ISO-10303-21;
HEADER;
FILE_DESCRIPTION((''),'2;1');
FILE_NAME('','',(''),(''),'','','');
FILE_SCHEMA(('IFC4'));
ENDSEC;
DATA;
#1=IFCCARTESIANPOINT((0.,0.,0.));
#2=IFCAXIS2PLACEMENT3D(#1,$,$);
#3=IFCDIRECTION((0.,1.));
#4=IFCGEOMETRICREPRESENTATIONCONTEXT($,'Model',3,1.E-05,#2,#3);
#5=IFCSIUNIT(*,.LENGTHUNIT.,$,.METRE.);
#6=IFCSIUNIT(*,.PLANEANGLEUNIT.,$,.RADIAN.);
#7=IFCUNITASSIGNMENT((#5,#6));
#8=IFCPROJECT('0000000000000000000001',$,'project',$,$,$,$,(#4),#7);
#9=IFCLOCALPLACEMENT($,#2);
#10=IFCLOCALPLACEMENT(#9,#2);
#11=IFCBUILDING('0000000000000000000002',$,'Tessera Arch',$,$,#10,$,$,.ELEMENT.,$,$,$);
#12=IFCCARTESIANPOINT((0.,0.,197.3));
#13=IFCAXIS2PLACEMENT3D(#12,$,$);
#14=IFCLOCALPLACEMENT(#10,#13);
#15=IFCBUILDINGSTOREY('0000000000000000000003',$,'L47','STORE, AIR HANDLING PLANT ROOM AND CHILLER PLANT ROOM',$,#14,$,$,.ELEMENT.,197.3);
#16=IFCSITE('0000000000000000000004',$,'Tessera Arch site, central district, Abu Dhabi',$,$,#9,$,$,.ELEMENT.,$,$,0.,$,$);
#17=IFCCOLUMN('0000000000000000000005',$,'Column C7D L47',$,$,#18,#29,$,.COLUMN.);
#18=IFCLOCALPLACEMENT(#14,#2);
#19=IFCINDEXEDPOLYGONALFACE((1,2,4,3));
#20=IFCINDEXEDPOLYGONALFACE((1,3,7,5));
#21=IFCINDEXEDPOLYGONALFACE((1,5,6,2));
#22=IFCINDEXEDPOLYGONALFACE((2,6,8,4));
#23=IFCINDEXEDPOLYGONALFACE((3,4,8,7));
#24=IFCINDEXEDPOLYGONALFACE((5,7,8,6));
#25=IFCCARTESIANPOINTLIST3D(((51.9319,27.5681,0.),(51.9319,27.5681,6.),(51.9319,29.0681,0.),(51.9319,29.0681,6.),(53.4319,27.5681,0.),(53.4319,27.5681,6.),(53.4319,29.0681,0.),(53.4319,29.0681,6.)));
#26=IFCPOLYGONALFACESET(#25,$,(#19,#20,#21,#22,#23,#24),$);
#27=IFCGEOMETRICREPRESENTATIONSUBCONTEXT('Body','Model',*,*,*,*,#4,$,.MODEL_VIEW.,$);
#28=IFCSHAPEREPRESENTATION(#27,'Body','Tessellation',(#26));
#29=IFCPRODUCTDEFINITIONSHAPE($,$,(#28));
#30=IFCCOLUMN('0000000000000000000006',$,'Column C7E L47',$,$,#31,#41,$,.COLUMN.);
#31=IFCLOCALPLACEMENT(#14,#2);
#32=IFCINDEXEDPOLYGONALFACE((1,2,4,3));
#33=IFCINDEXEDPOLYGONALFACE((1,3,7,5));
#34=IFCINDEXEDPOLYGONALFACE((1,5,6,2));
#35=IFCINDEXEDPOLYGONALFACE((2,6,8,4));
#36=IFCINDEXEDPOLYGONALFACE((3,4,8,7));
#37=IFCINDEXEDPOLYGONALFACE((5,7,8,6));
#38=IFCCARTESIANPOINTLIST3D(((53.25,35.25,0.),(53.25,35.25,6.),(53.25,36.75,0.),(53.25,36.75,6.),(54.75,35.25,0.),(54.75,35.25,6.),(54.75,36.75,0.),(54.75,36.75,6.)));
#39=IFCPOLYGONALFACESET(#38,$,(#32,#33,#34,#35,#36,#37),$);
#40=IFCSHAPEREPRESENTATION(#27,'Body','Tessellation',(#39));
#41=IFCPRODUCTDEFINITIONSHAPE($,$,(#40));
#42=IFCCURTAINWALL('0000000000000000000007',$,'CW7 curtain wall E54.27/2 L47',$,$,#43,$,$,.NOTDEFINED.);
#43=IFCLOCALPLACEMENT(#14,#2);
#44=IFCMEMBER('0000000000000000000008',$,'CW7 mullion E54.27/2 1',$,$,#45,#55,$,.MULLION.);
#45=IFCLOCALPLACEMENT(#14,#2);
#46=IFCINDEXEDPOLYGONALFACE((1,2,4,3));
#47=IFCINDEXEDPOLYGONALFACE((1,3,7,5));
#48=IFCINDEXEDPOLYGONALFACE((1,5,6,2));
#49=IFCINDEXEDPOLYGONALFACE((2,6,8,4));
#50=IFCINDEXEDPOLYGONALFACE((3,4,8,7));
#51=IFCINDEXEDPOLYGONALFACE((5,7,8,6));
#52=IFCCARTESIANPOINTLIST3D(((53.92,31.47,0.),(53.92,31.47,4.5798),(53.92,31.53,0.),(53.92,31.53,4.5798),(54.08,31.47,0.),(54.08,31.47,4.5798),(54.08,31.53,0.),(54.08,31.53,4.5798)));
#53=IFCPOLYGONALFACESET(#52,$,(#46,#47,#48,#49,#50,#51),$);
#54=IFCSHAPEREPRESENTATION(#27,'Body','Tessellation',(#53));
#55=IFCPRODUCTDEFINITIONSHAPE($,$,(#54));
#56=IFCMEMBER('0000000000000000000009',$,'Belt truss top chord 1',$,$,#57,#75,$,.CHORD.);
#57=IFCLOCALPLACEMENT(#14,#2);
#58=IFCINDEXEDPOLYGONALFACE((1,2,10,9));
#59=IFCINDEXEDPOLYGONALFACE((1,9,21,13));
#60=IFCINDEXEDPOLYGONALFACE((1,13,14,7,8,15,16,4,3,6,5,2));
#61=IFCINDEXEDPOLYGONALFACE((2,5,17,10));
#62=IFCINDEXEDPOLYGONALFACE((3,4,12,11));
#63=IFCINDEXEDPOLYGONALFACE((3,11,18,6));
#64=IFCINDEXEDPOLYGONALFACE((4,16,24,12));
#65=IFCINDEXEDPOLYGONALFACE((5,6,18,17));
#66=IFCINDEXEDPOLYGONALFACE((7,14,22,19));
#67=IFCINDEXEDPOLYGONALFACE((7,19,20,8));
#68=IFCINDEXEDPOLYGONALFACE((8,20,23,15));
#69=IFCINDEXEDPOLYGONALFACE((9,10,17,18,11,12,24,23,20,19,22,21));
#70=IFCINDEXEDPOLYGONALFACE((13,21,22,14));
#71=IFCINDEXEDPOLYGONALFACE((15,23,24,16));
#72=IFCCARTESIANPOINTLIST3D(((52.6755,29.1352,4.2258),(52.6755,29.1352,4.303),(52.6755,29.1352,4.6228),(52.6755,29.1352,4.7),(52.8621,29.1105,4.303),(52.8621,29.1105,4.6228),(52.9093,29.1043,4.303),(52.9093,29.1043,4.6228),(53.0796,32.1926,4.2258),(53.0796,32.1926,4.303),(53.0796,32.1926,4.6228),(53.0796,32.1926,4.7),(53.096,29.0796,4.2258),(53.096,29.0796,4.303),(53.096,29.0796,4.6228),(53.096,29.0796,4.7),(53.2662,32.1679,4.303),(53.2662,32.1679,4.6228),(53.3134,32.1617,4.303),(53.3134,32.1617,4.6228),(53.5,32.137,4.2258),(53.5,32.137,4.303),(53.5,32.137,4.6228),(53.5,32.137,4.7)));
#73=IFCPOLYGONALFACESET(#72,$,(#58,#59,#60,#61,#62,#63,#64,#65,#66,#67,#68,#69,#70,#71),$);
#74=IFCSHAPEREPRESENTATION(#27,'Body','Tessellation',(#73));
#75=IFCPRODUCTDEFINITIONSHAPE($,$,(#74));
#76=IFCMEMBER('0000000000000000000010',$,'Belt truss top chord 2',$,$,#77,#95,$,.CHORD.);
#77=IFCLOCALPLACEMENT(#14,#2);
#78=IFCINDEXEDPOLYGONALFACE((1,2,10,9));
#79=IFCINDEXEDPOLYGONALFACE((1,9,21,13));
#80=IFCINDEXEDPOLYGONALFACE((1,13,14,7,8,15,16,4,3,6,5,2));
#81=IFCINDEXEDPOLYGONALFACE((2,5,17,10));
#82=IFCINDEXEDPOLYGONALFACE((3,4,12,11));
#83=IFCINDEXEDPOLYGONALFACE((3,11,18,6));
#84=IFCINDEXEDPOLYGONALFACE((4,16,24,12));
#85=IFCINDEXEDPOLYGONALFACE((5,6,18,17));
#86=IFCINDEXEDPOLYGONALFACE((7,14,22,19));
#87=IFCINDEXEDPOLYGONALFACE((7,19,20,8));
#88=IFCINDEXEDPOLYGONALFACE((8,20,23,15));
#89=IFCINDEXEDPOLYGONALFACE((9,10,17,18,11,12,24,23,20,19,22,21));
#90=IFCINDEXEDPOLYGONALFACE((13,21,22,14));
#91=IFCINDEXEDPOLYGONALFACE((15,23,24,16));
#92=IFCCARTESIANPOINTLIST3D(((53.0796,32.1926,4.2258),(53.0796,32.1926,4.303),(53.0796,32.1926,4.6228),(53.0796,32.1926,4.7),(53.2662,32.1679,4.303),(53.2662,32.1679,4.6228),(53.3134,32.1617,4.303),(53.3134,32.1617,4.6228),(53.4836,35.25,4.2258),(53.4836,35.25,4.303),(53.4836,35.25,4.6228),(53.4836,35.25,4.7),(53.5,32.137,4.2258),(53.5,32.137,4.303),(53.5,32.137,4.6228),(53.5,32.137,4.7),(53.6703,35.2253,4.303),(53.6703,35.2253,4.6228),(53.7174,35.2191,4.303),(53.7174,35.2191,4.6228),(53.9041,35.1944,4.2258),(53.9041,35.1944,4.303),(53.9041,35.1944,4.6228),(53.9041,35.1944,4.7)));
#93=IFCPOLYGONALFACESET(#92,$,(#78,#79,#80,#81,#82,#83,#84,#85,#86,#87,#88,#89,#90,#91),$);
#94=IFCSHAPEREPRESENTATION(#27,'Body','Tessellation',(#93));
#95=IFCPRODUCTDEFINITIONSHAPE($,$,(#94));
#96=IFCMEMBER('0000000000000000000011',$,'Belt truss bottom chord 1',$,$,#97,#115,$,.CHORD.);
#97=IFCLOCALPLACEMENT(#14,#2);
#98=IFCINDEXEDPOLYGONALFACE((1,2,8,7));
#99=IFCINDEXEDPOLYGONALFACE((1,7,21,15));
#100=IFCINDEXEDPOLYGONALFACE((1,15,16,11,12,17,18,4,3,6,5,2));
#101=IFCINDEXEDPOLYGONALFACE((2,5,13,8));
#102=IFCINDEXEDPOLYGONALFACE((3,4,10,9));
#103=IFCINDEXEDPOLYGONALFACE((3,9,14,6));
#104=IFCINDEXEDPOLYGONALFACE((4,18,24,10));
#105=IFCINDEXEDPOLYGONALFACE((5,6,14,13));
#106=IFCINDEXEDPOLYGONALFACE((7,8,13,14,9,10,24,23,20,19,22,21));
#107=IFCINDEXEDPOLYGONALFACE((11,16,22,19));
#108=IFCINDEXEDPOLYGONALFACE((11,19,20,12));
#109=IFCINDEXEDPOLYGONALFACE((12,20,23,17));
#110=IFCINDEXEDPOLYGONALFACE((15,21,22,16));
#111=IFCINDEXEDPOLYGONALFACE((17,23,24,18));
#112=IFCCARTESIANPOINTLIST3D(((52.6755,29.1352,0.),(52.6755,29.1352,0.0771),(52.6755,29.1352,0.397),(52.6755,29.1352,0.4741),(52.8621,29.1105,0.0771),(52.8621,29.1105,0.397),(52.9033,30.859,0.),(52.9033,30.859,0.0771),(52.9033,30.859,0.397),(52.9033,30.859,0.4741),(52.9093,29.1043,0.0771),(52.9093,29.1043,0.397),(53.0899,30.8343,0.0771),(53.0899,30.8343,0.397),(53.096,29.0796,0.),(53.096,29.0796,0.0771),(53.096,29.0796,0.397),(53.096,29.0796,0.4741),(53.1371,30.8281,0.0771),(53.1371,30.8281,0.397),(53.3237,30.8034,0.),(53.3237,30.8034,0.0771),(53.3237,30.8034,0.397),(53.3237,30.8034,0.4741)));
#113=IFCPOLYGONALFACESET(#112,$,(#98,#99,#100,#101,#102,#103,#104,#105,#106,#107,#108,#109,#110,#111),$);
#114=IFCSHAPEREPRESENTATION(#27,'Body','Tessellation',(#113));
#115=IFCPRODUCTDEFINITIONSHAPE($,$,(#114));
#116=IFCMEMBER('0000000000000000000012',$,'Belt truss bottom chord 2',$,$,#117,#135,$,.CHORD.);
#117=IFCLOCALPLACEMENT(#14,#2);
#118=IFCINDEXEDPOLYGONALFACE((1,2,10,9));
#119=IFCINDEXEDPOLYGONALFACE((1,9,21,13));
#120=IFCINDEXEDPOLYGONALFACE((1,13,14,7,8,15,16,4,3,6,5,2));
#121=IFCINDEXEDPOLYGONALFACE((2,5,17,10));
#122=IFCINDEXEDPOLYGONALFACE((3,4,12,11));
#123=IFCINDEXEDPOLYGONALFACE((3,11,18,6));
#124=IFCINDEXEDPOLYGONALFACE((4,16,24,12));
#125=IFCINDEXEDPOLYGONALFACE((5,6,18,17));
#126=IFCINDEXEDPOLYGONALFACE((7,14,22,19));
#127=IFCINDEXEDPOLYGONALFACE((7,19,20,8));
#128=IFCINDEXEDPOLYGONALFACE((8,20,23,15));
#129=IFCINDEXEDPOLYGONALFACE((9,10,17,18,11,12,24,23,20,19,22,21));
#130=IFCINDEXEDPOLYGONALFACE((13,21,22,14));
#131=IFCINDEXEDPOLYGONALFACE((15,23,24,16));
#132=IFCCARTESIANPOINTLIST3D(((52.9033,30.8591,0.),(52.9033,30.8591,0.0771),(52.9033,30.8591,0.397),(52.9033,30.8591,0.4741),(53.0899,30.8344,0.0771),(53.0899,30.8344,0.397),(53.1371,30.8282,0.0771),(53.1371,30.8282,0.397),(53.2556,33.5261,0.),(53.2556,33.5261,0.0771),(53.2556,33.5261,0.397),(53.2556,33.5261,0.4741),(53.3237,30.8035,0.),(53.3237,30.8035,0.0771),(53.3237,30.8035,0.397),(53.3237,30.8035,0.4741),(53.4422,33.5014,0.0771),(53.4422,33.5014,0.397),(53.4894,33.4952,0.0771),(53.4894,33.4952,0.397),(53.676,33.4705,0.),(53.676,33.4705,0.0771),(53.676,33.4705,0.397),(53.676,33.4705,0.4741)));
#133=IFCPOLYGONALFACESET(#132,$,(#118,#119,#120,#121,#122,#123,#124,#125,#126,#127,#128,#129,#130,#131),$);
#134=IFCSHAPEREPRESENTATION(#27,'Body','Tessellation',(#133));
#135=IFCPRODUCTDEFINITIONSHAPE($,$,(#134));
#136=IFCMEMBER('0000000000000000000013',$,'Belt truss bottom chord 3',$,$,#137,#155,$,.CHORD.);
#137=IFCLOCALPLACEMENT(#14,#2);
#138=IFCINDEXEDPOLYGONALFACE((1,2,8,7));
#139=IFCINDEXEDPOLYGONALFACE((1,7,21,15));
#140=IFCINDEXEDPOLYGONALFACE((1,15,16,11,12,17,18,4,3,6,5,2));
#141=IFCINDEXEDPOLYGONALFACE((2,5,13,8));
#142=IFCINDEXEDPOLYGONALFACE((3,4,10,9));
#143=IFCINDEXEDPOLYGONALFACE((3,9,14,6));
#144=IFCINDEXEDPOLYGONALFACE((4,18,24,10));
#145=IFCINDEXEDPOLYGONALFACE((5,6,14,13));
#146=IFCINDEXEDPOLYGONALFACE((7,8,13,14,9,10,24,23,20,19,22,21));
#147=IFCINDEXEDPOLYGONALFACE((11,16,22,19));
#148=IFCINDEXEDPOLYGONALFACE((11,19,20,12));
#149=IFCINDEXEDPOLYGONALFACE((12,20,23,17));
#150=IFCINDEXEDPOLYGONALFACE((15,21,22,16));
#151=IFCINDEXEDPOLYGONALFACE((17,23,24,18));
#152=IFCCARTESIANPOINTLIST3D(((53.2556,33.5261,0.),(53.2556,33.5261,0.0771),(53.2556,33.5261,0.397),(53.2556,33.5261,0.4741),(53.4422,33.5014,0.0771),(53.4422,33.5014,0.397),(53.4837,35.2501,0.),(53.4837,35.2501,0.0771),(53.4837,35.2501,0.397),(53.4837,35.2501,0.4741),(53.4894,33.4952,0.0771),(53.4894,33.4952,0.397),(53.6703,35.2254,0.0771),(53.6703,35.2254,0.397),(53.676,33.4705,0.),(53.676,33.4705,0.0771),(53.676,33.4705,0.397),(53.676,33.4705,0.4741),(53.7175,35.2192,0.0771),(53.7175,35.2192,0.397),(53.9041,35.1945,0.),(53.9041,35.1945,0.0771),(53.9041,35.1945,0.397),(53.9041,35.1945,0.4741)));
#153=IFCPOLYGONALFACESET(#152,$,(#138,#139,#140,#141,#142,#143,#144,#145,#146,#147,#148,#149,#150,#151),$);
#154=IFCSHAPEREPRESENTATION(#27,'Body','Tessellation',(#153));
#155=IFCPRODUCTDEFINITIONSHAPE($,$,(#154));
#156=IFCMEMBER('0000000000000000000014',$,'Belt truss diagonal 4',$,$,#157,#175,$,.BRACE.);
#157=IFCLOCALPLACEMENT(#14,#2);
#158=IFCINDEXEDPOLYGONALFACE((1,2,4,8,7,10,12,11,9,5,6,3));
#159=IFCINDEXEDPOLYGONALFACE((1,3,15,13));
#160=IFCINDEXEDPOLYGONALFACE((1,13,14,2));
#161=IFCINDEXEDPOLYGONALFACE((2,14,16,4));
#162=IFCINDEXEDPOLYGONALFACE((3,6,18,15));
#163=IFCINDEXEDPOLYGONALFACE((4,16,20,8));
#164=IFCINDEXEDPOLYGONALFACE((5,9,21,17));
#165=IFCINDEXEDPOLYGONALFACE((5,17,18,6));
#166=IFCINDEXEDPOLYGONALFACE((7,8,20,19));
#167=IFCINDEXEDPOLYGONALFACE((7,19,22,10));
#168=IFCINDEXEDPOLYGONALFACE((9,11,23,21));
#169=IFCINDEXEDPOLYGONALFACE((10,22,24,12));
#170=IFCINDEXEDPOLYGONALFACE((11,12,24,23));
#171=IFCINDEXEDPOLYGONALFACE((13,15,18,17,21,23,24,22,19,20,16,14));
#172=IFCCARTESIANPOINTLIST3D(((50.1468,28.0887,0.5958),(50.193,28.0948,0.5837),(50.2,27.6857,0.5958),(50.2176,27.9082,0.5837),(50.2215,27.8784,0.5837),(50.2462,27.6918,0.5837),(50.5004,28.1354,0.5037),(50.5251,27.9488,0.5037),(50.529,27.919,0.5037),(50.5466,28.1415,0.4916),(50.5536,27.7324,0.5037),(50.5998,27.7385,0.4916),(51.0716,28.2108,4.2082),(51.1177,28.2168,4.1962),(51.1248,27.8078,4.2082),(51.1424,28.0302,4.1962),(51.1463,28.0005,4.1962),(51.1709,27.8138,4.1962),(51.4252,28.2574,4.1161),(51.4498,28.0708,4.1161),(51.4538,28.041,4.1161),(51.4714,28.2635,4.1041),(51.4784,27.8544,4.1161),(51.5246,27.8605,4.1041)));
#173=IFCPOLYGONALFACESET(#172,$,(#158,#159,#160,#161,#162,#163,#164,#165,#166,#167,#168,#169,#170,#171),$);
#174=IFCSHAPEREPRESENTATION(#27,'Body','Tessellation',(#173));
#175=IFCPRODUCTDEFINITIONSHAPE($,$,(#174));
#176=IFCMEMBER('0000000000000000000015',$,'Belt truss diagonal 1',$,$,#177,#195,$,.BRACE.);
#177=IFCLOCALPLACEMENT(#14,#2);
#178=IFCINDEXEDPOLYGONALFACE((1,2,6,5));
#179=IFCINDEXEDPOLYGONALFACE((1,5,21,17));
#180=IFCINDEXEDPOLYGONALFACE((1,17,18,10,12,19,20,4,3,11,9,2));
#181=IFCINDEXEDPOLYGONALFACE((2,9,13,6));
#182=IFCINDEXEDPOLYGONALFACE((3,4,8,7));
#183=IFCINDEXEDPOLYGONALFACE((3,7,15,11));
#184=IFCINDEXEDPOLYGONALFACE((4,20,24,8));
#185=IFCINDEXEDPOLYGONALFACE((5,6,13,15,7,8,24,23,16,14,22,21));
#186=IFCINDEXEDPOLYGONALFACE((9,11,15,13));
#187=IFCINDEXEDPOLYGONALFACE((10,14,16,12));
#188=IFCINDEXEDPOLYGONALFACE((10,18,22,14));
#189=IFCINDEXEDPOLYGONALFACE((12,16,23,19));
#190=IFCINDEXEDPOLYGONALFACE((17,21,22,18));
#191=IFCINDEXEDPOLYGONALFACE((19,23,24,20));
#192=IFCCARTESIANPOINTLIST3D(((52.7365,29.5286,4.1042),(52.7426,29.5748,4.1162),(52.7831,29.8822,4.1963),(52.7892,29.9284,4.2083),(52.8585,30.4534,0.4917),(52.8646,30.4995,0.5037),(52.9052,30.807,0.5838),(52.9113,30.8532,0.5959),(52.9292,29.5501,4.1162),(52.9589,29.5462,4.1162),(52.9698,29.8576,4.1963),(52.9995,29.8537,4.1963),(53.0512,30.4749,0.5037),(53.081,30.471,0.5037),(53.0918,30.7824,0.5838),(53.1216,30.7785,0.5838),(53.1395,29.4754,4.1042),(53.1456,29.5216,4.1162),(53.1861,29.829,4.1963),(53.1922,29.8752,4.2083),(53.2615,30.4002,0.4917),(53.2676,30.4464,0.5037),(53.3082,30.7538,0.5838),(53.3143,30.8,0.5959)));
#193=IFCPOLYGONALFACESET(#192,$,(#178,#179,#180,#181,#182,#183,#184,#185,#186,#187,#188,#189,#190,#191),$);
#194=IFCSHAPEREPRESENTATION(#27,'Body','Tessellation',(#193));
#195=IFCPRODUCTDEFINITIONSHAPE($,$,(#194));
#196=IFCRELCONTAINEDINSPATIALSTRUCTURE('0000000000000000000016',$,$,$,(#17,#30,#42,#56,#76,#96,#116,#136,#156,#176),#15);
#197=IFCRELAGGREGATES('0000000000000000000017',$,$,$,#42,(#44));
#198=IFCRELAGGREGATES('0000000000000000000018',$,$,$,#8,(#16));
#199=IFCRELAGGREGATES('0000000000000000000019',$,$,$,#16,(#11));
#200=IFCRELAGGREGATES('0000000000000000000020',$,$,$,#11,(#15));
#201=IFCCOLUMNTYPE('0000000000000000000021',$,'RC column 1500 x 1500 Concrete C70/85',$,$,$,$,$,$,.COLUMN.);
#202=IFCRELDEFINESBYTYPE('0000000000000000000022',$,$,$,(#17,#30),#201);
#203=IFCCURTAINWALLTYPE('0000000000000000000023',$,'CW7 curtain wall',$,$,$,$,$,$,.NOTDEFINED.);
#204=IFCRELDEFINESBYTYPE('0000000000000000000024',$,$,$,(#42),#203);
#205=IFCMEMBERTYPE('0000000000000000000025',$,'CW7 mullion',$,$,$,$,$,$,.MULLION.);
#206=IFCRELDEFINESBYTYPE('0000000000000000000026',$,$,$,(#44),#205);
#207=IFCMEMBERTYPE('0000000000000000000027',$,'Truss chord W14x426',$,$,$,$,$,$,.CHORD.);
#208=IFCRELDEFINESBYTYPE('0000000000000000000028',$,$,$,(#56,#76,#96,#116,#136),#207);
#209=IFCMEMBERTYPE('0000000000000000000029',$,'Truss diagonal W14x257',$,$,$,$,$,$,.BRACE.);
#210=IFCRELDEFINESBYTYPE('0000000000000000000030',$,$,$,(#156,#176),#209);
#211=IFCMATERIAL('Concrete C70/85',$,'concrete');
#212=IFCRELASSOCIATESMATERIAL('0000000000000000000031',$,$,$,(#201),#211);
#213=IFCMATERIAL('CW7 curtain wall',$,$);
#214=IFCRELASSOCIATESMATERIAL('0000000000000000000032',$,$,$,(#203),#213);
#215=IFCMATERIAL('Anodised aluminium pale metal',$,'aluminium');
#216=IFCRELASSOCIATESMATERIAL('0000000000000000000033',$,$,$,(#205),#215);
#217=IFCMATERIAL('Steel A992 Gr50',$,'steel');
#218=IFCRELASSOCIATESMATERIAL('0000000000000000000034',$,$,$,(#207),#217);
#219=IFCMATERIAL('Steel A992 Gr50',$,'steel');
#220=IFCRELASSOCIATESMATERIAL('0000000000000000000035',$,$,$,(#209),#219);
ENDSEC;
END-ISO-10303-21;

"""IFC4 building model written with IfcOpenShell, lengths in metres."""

from ifc_helpers import new_model, si_unit, direction, frame, origin, origin_2d, place, context, subcontext, project, spatial, rectangle, i_section, extrude, material, material_profile, profile_set, type_object, element, aggregate, save


model = new_model("IFC4")

# Units and contexts
model_context = context("Model", 3, precision=1e-05, world=origin(), true_north=direction((0.0, 1.0)))
body_context = subcontext(model_context, "Body", "Model", "MODEL_VIEW")
ifc_project = project(units=[si_unit("LENGTHUNIT", "METRE"), si_unit("PLANEANGLEUNIT", "RADIAN")], contexts=[model_context])

# Site, building, storey
site_placement = place(None, origin())
site = spatial("IfcSite", under=ifc_project, at=site_placement, Name="Tessera Arch site, central district, Abu Dhabi", CompositionType="ELEMENT", RefElevation=0.0)
building_placement = place(site_placement, origin())
building = spatial("IfcBuilding", under=site, at=building_placement, Name="Tessera Arch", CompositionType="ELEMENT")
storey_placement = place(building_placement, frame((0.0, 0.0, 197.3)))
storey = spatial("IfcBuildingStorey", under=building, at=storey_placement, Name="L47", Description="STORE, AIR HANDLING PLANT ROOM AND CHILLER PLANT ROOM", CompositionType="ELEMENT", Elevation=197.3)

# Columns
ifc_material_1 = material(Name="Concrete C70/85", Category="concrete")
ifc_material_profile_1 = material_profile(ifc_material_1, rectangle(XDim=1.5, YDim=1.5, at=origin_2d()), Name="RC column 1500 x 1500 Concrete C70/85")
ifc_profile_set_1 = profile_set([ifc_material_profile_1], Name="Concrete C70/85")
column_type = type_object("IfcColumnType", Name="RC column 1500 x 1500 Concrete C70/85", PredefinedType="COLUMN", material=ifc_profile_set_1)
for number, where, z_axis, x_axis, name in (
    (1, (52.6819, 28.3181, 0.0), (0.0, 0.0, 1.0), (1.0, 0.0, 0.0), "Column C7D L47"),
    (2, (54.0, 36.0, 0.0), (0.0, 0.0, 1.0), (1.0, 0.0, 0.0), "Column C7E L47"),
):
    element("IfcColumn", number, at=place(storey_placement, frame(where, z_axis=z_axis, x_axis=x_axis)), inside=storey, type_object=column_type, Name=name, PredefinedType="COLUMN", context=body_context, shape_type="SweptSolid", body=[
        extrude(rectangle(XDim=1.5, YDim=1.5, at=origin_2d()), origin(), (0.0, 0.0, 1.0), 6.0),
    ])

# Curtain wall, member
ifc_material_2 = material(Name="CW7 curtain wall")
curtain_wall_type = type_object("IfcCurtainWallType", Name="CW7 curtain wall", PredefinedType="NOTDEFINED", material=ifc_material_2)
curtain_wall_placement = place(storey_placement, origin())
curtain_wall = element("IfcCurtainWall", 3, at=curtain_wall_placement, inside=storey, type_object=curtain_wall_type, Name="CW7 curtain wall E54.27/2 L47", PredefinedType="NOTDEFINED")
ifc_material_3 = material(Name="Anodised aluminium pale metal", Category="aluminium")
ifc_material_profile_2 = material_profile(ifc_material_3, rectangle(XDim=0.1599, YDim=0.0601, at=origin_2d()), Name="AL 60x160")
ifc_profile_set_2 = profile_set([ifc_material_profile_2], Name="Anodised aluminium pale metal")
member_type_1 = type_object("IfcMemberType", Name="CW7 mullion", PredefinedType="MULLION", material=ifc_profile_set_2)
member_1_placement = place(storey_placement, frame((54.0, 31.5, 0.0), z_axis=(0.0, 0.0, 1.0), x_axis=(-1.0, 0.0, 0.0)))
member_1 = element("IfcMember", 4, at=member_1_placement, type_object=member_type_1, Name="CW7 mullion E54.27/2 1", PredefinedType="MULLION", context=body_context, shape_type="SweptSolid", body=[
    extrude(rectangle(XDim=0.1599, YDim=0.0601, at=origin_2d()), origin(), (0.0, 0.0, 1.0), 4.5798),
])

# Members
ifc_material_4 = material(Name="Steel A992 Gr50", Category="steel")
ifc_material_profile_3 = material_profile(ifc_material_4, i_section(OverallWidth=0.4241, OverallDepth=0.4741, WebThickness=0.0476, FlangeThickness=0.0771, at=origin_2d()), Name="W14x426")
ifc_profile_set_3 = profile_set([ifc_material_profile_3], Name="Steel A992 Gr50")
member_type_2 = type_object("IfcMemberType", Name="Truss chord W14x426", PredefinedType="CHORD", material=ifc_profile_set_3)
for number, where, z_axis, x_axis, name in (
    (5, (52.8857, 29.1074, 4.4629), (0.131018, 0.99138, 0.0), (-0.99138, 0.131018, 0.0), "Belt truss top chord 1"),
    (6, (53.2898, 32.1648, 4.4629), (0.131018, 0.99138, 0.0), (-0.99138, 0.131018, 0.0), "Belt truss top chord 2"),
):
    element("IfcMember", number, at=place(storey_placement, frame(where, z_axis=z_axis, x_axis=x_axis)), inside=storey, type_object=member_type_2, Name=name, PredefinedType="CHORD", context=body_context, shape_type="SweptSolid", body=[
        extrude(i_section(OverallWidth=0.4241, OverallDepth=0.4741, WebThickness=0.0476, FlangeThickness=0.0771, at=origin_2d()), origin(), (0.0, 0.0, 1.0), 3.084),
    ])
member_2_placement = place(storey_placement, frame((52.8857, 29.1074, 0.2371), z_axis=(0.130996, 0.991383, 0.0), x_axis=(-0.991383, 0.130996, 0.0)))
element("IfcMember", 7, at=member_2_placement, inside=storey, type_object=member_type_2, Name="Belt truss bottom chord 1", PredefinedType="CHORD", context=body_context, shape_type="SweptSolid", body=[
    extrude(i_section(OverallWidth=0.4241, OverallDepth=0.4741, WebThickness=0.0476, FlangeThickness=0.0771, at=origin_2d()), origin(), (0.0, 0.0, 1.0), 1.7388),
])
member_3_placement = place(storey_placement, frame((53.1135, 30.8313, 0.2371), z_axis=(0.130957, 0.991388, 0.0), x_axis=(-0.991388, 0.130957, 0.0)))
element("IfcMember", 8, at=member_3_placement, inside=storey, type_object=member_type_2, Name="Belt truss bottom chord 2", PredefinedType="CHORD", context=body_context, shape_type="SweptSolid", body=[
    extrude(i_section(OverallWidth=0.4241, OverallDepth=0.4741, WebThickness=0.0476, FlangeThickness=0.0771, at=origin_2d()), origin(), (0.0, 0.0, 1.0), 2.6902),
])
member_4_placement = place(storey_placement, frame((53.4658, 33.4983, 0.2371), z_axis=(0.131134, 0.991365, 0.0), x_axis=(-0.991365, 0.131134, 0.0)))
element("IfcMember", 9, at=member_4_placement, inside=storey, type_object=member_type_2, Name="Belt truss bottom chord 3", PredefinedType="CHORD", context=body_context, shape_type="SweptSolid", body=[
    extrude(i_section(OverallWidth=0.4241, OverallDepth=0.4741, WebThickness=0.0476, FlangeThickness=0.0771, at=origin_2d()), origin(), (0.0, 0.0, 1.0), 1.739),
])
ifc_material_5 = material(Name="Steel A992 Gr50", Category="steel")
ifc_material_profile_4 = material_profile(ifc_material_5, i_section(OverallWidth=0.4065, OverallDepth=0.4165, WebThickness=0.03, FlangeThickness=0.0481, at=origin_2d()), Name="W14x257")
ifc_profile_set_4 = profile_set([ifc_material_profile_4], Name="Steel A992 Gr50")
member_type_3 = type_object("IfcMemberType", Name="Truss diagonal W14x257", PredefinedType="BRACE", material=ifc_profile_set_4)
for number, where, z_axis, x_axis, name in (
    (10, (50.3733, 27.9136, 0.5437), (0.247868, 0.032717, 0.968241), (-0.130861, 0.991401, 0.0), "Belt truss diagonal 4"),
    (11, (52.9644, 29.7019, 4.1562), (0.032717, 0.247868, -0.968241), (-0.991401, 0.130861, 0.0), "Belt truss diagonal 1"),
):
    element("IfcMember", number, at=place(storey_placement, frame(where, z_axis=z_axis, x_axis=x_axis)), inside=storey, type_object=member_type_3, Name=name, PredefinedType="BRACE", context=body_context, shape_type="SweptSolid", body=[
        extrude(i_section(OverallWidth=0.4065, OverallDepth=0.4165, WebThickness=0.03, FlangeThickness=0.0481, at=origin_2d()), origin(), (0.0, 0.0, 1.0), 3.731),
    ])

aggregate(curtain_wall, [member_1])

save(model, "model.ifc")
